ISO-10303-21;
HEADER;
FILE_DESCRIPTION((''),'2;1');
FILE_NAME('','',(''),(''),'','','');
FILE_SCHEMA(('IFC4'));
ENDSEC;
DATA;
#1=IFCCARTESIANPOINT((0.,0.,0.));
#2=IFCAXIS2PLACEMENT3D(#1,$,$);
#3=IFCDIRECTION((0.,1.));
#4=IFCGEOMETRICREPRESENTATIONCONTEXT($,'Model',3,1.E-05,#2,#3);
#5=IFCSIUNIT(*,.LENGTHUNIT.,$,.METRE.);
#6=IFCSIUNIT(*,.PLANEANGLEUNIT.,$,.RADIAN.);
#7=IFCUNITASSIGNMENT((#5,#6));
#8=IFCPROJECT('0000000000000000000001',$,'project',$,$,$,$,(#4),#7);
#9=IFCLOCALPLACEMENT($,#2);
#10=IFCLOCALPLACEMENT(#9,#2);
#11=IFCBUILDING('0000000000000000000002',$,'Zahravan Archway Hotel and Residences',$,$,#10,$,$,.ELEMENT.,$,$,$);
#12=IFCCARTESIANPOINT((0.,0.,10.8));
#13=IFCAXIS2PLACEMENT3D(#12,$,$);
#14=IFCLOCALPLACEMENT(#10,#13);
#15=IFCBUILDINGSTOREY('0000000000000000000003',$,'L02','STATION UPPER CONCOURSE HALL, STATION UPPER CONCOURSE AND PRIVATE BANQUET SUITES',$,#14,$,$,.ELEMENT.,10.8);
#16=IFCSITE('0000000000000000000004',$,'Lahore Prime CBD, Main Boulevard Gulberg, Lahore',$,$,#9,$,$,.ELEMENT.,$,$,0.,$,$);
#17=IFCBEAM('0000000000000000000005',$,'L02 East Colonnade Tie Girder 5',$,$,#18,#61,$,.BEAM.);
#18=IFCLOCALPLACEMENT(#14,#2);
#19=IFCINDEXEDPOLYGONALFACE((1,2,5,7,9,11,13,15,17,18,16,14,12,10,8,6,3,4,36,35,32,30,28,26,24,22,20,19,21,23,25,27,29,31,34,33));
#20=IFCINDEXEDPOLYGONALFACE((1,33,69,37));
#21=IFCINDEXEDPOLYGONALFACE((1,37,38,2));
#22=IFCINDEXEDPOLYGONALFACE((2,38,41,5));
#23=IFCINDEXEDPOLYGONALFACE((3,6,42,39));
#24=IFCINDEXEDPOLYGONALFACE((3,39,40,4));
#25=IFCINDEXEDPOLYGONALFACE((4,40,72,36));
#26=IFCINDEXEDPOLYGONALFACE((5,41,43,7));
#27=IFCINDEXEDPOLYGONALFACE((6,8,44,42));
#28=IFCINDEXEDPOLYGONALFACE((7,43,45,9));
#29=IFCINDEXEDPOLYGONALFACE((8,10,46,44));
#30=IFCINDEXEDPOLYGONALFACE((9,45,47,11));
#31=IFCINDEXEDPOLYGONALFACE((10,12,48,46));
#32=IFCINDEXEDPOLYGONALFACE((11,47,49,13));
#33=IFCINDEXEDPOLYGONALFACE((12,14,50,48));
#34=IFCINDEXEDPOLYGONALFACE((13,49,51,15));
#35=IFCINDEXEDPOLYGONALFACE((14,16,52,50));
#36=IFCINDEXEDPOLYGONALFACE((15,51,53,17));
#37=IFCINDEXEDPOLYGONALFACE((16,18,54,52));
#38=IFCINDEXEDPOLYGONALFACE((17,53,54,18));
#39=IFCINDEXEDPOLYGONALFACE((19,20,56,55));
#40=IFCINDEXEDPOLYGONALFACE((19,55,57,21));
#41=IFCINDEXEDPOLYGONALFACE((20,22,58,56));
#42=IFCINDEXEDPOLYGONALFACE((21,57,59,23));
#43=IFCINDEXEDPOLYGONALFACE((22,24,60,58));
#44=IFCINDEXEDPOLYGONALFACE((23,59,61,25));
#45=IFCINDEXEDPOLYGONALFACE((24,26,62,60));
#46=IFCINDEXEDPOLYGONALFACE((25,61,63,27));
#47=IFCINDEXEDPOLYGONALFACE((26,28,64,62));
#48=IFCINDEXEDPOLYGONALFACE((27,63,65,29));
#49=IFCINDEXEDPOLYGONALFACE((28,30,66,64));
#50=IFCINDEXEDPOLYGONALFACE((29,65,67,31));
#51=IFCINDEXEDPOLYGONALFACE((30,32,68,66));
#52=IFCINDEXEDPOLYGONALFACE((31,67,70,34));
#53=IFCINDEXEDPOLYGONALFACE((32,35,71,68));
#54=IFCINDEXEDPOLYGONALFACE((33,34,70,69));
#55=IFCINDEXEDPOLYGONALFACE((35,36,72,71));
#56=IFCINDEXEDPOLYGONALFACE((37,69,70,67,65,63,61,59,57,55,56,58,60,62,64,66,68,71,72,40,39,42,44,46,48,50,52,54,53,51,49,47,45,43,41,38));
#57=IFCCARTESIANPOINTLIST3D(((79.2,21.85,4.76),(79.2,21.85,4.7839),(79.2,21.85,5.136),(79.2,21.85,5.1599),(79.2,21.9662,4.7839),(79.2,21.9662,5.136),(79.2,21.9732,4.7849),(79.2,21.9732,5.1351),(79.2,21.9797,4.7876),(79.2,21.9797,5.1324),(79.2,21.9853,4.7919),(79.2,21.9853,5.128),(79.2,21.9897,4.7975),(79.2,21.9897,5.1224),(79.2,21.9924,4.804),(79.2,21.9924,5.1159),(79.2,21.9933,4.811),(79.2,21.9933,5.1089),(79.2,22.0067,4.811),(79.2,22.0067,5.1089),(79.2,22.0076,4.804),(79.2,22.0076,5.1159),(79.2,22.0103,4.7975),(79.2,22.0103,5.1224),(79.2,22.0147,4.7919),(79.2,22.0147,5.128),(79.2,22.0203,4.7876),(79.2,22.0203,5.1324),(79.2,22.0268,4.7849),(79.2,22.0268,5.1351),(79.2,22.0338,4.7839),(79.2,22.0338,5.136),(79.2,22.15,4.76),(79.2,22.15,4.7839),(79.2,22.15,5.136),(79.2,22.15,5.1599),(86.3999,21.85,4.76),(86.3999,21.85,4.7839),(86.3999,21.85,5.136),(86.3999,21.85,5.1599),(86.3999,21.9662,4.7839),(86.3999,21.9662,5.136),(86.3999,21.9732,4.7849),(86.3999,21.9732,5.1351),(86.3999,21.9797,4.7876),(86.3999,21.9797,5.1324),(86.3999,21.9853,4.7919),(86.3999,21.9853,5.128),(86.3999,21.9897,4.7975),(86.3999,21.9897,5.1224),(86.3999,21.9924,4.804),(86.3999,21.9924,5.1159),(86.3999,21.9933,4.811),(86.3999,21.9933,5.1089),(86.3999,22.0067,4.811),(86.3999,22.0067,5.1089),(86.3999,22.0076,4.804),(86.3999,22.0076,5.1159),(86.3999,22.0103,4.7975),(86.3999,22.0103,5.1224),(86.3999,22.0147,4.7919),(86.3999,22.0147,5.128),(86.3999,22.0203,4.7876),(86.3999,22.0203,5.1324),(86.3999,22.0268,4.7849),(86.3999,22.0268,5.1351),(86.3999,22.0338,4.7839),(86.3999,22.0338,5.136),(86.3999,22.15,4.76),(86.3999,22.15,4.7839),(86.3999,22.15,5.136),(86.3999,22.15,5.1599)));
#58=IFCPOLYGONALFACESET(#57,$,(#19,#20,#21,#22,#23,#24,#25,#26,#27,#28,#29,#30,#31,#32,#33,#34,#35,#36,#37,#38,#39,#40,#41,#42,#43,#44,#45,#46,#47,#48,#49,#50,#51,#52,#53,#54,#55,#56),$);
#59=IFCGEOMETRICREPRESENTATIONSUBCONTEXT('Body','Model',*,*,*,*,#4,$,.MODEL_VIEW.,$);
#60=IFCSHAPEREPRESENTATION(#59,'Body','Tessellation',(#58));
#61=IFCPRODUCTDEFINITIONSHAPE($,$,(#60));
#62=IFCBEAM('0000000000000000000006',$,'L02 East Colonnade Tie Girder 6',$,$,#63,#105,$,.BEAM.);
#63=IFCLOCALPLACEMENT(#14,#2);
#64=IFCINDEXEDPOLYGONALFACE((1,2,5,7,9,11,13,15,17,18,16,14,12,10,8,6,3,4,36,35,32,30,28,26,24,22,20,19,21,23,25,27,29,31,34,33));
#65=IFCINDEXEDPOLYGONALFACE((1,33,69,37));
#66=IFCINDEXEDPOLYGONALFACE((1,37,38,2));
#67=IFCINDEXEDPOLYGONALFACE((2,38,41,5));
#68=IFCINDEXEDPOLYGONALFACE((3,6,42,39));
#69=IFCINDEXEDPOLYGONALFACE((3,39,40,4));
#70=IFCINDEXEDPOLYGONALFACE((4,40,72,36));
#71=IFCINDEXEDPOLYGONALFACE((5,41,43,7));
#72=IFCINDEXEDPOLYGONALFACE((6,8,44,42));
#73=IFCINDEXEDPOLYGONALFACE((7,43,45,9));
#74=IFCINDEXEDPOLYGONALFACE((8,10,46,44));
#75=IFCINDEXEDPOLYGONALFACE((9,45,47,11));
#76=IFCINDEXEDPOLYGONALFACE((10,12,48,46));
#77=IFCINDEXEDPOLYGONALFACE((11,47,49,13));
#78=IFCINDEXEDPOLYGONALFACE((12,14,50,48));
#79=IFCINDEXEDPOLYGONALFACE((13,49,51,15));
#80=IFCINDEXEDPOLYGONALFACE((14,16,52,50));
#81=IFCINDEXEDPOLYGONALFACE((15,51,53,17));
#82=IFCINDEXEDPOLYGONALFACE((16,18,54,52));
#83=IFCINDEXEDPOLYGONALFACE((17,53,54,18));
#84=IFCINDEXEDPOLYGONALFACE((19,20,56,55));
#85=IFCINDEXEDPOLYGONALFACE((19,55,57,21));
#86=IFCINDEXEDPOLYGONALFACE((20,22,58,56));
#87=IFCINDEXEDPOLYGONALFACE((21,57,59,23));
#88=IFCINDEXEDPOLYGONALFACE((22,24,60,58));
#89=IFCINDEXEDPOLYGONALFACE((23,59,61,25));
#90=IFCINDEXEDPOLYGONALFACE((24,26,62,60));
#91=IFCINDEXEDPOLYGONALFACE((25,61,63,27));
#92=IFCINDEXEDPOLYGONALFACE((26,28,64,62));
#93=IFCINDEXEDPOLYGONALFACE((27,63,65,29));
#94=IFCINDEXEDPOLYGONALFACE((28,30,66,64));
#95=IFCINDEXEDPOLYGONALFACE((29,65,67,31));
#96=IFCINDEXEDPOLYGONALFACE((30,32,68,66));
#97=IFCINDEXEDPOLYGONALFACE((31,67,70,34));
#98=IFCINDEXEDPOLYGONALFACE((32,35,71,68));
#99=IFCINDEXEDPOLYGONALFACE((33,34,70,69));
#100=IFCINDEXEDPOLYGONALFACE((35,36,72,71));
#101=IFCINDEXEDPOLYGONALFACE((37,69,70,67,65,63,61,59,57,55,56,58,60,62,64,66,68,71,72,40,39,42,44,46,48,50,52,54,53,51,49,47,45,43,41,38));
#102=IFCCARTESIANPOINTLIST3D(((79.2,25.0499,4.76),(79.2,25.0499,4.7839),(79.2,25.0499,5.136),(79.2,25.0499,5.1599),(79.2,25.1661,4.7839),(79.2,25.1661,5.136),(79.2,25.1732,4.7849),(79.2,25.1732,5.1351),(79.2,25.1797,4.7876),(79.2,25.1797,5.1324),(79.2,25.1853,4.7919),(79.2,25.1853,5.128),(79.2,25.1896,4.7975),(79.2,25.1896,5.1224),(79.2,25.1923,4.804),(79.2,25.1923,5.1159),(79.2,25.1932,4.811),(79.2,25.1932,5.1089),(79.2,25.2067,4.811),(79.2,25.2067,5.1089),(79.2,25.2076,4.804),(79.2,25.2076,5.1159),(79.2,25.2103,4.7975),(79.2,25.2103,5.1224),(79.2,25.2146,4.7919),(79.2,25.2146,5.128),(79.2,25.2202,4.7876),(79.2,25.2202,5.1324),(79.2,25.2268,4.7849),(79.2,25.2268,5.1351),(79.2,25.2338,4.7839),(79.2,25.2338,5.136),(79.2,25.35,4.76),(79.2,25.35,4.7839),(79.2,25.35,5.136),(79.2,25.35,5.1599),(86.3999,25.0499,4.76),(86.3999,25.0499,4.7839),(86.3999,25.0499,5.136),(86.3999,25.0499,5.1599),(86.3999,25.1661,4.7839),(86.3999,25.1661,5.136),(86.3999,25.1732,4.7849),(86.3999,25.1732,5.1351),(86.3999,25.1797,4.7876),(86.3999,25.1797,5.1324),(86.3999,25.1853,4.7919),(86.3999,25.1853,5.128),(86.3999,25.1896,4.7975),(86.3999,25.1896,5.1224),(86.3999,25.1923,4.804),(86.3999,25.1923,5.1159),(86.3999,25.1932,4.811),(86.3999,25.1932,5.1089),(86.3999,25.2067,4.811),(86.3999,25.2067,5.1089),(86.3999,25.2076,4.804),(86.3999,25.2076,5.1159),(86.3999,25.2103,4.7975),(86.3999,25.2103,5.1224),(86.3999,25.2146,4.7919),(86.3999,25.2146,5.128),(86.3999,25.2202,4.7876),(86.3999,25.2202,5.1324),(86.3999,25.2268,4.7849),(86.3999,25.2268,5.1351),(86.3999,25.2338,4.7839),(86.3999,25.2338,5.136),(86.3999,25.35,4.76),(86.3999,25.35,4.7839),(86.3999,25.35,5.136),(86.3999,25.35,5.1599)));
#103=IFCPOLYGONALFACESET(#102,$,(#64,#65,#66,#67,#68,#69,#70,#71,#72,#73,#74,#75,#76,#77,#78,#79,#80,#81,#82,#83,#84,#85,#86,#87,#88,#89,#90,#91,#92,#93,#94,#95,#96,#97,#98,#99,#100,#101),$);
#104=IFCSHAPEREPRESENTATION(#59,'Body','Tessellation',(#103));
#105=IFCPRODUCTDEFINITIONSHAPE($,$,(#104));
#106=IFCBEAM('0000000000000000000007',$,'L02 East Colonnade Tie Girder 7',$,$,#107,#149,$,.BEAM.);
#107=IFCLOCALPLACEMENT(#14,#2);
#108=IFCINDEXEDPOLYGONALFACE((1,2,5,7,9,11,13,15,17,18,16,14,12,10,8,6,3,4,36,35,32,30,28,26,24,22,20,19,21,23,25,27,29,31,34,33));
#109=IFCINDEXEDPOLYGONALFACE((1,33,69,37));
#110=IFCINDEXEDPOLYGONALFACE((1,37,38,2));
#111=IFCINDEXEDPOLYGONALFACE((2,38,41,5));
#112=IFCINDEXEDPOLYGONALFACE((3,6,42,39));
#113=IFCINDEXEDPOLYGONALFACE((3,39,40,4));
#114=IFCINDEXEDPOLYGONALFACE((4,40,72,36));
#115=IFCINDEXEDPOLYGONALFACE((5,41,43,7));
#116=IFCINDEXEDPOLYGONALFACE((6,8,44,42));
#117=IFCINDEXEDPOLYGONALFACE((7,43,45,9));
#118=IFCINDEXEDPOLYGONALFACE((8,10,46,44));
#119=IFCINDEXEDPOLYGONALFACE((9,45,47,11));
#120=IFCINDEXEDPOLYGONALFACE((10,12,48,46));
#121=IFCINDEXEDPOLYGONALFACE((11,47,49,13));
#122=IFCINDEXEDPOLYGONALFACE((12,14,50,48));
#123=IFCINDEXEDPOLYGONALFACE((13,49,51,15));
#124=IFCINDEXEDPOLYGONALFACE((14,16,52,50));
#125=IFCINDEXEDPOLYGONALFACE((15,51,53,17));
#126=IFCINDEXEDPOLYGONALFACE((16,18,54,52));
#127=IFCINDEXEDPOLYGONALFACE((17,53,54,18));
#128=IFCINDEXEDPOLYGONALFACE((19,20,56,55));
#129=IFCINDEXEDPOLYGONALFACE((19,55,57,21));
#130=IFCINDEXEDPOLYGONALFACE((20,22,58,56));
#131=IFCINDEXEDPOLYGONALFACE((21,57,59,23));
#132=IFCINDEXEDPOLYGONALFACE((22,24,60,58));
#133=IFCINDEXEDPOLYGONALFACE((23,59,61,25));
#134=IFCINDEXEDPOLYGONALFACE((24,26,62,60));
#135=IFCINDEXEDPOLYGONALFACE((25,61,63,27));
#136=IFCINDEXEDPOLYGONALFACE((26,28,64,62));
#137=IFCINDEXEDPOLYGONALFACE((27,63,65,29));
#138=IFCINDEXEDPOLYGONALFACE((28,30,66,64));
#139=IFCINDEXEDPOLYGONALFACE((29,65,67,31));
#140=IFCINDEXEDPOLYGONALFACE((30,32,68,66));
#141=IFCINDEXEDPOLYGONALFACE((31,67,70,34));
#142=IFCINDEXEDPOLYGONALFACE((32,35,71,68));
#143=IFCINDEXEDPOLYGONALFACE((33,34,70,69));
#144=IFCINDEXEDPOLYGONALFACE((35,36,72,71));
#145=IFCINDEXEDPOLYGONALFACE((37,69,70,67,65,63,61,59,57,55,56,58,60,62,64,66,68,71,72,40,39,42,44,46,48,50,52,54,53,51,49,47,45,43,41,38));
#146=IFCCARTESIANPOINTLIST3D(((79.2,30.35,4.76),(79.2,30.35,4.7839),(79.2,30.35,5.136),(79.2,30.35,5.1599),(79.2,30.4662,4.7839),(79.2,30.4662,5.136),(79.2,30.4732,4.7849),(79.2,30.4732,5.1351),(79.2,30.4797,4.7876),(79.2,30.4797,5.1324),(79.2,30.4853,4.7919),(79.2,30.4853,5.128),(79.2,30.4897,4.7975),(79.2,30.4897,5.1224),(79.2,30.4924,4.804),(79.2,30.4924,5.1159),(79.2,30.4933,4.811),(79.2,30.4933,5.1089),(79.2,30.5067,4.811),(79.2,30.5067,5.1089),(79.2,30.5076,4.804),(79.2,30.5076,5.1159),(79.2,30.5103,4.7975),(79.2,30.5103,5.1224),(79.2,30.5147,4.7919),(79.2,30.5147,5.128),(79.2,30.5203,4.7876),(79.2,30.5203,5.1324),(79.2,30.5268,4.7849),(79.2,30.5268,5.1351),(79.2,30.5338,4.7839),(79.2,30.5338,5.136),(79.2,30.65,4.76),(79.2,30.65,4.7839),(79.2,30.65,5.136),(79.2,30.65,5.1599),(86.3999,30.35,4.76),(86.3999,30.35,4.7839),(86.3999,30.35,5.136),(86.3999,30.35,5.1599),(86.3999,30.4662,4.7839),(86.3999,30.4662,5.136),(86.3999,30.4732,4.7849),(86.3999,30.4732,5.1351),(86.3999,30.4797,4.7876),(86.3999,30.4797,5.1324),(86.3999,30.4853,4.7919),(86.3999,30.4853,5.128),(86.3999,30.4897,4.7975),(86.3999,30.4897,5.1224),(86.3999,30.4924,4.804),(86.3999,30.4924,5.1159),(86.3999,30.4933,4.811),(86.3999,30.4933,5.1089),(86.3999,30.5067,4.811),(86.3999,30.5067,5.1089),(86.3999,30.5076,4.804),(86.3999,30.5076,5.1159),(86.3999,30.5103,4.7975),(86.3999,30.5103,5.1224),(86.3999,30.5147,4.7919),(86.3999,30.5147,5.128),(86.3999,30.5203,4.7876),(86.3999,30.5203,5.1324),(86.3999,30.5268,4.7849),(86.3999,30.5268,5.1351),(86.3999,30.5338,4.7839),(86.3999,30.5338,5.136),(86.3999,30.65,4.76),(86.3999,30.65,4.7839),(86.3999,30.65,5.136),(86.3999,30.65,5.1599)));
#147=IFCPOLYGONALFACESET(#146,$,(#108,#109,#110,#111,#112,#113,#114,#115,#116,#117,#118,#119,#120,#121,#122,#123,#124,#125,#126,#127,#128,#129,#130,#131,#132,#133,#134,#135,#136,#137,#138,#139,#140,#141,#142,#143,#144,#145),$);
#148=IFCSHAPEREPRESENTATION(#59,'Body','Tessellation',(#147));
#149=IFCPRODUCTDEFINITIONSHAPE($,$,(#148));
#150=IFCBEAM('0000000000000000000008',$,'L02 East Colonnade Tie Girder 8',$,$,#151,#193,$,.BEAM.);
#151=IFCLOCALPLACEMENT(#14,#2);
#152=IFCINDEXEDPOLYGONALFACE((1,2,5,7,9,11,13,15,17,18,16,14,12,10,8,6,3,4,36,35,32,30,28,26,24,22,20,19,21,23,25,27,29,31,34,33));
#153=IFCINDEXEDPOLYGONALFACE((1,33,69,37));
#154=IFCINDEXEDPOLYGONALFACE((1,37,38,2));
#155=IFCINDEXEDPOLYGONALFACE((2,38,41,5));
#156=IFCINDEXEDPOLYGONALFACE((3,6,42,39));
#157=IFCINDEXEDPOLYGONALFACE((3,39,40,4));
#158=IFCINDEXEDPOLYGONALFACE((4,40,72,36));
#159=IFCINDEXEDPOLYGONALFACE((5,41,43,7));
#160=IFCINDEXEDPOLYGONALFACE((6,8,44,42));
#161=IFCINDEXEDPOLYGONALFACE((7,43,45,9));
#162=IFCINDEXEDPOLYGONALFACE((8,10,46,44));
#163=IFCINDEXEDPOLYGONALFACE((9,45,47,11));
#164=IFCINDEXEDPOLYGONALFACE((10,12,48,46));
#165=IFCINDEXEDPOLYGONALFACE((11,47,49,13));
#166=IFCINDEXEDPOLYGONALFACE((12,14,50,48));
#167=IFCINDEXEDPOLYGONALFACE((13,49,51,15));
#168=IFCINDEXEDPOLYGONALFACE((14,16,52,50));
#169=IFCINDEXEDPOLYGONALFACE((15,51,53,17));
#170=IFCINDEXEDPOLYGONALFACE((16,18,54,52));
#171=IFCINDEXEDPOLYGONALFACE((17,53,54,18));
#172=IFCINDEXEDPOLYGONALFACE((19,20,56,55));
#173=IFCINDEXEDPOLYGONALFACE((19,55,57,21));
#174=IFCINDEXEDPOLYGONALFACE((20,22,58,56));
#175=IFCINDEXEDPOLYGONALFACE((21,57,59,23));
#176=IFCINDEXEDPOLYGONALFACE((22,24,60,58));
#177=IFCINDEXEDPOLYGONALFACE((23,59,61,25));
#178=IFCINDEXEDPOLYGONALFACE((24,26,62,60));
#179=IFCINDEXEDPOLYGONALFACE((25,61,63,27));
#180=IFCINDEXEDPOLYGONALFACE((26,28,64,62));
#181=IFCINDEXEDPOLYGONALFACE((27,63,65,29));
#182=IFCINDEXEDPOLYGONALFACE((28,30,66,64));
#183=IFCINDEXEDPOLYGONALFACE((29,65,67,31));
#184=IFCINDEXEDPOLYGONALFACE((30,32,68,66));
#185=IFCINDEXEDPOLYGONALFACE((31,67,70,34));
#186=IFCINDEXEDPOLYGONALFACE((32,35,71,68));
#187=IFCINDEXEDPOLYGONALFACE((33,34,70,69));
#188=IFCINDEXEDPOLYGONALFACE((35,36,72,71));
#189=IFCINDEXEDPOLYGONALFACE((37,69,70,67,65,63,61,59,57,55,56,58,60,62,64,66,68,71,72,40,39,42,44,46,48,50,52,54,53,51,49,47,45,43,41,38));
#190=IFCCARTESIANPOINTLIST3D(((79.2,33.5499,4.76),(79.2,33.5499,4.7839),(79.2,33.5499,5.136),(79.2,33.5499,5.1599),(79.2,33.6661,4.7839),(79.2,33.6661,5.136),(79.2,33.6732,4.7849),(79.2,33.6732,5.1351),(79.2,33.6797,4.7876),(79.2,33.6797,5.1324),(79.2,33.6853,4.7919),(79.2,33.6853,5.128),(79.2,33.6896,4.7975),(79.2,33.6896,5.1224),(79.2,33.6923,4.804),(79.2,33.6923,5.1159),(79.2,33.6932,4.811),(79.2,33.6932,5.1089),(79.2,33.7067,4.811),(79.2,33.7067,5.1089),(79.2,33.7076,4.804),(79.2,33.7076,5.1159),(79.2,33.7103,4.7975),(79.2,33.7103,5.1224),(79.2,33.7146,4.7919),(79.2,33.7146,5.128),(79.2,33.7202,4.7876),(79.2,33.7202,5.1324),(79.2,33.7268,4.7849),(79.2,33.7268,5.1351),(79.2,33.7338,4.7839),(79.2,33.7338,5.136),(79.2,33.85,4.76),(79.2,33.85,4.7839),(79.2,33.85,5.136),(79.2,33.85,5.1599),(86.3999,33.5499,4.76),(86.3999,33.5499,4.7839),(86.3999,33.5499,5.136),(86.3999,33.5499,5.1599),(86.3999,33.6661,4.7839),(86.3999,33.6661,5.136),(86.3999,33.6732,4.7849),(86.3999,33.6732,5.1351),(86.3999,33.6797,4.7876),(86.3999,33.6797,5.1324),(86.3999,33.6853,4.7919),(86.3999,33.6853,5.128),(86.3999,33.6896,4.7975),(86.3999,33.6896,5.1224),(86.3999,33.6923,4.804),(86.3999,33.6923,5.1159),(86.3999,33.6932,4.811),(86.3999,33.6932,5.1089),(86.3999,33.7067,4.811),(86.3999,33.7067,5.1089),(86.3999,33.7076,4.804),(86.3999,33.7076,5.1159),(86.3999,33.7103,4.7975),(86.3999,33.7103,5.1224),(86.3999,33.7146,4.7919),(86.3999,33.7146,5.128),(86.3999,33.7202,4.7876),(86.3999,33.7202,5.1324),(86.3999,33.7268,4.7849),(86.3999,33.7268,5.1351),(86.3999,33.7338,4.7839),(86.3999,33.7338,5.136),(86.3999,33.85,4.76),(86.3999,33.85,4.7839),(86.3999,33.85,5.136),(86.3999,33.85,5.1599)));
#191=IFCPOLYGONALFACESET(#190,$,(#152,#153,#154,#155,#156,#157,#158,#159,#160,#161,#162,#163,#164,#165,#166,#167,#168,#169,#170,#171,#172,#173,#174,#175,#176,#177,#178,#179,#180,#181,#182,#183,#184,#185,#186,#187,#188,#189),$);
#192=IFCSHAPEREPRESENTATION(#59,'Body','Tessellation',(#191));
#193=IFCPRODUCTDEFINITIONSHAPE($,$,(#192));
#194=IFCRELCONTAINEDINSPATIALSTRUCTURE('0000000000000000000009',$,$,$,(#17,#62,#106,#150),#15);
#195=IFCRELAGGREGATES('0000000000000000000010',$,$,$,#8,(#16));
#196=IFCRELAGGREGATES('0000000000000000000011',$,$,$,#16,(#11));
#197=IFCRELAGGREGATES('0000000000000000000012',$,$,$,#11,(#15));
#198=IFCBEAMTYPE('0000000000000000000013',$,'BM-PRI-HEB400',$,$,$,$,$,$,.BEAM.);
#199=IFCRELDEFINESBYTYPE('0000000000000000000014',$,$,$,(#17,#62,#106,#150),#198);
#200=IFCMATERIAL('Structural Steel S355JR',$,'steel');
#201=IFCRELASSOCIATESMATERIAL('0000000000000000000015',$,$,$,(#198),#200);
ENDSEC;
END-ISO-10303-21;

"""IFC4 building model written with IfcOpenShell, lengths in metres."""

from ifc_helpers import new_model, si_unit, direction, frame, origin, origin_2d, place, context, subcontext, project, spatial, i_section, extrude, source, transform, mapped, material, material_profile, profile_set, type_object, type_shapes, element, save


model = new_model("IFC4")

# Units and contexts
model_context = context("Model", 3, precision=1e-05, world=origin(), true_north=direction((0.0, 1.0)))
body_context = subcontext(model_context, "Body", "Model", "MODEL_VIEW")
ifc_project = project(units=[si_unit("LENGTHUNIT", "METRE"), si_unit("PLANEANGLEUNIT", "RADIAN")], contexts=[model_context])

# Site, building, storey
site_placement = place(None, origin())
site = spatial("IfcSite", under=ifc_project, at=site_placement, Name="Lahore Prime CBD, Main Boulevard Gulberg, Lahore", CompositionType="ELEMENT", RefElevation=0.0)
building_placement = place(site_placement, origin())
building = spatial("IfcBuilding", under=site, at=building_placement, Name="Zahravan Archway Hotel and Residences", CompositionType="ELEMENT")
storey_placement = place(building_placement, frame((0.0, 0.0, 10.8)))
storey = spatial("IfcBuildingStorey", under=building, at=storey_placement, Name="L02", Description="STATION UPPER CONCOURSE HALL, STATION UPPER CONCOURSE AND PRIVATE BANQUET SUITES", CompositionType="ELEMENT", Elevation=10.8)

# Beams
ifc_material_1 = material(Name="Structural Steel S355JR", Category="steel")
ifc_material_profile_1 = material_profile(ifc_material_1, i_section(OverallWidth=0.3, OverallDepth=0.3999, WebThickness=0.0134, FlangeThickness=0.0239, FilletRadius=0.0271, at=origin_2d()), Name="HEB 400", Category="steel")
ifc_profile_set_1 = profile_set([ifc_material_profile_1], Name="Structural Steel S355JR")
beam_type_1 = type_object("IfcBeamType", Name="BM-PRI-HEB400", PredefinedType="BEAM", material=ifc_profile_set_1)
shared_shape_1 = source(origin(), body_context, "Body", "SweptSolid", [
    extrude(i_section(OverallWidth=0.3, OverallDepth=0.3999, WebThickness=0.0134, FlangeThickness=0.0239, FilletRadius=0.0271, at=origin_2d()), origin(), (0.0, 0.0, 1.0), 7.2),
])
type_shapes(beam_type_1, [shared_shape_1])
for number, where, z_axis, x_axis, name in (
    (1, (79.2, 22.0, 4.96), (1.0, 0.0, 0.0), (0.0, 1.0, 0.0), "L02 East Colonnade Tie Girder 5"),
    (2, (79.2, 25.2, 4.96), (1.0, 0.0, 0.0), (0.0, 1.0, 0.0), "L02 East Colonnade Tie Girder 6"),
    (3, (79.2, 30.5, 4.96), (1.0, 0.0, 0.0), (0.0, 1.0, 0.0), "L02 East Colonnade Tie Girder 7"),
    (4, (79.2, 33.7, 4.96), (1.0, 0.0, 0.0), (0.0, 1.0, 0.0), "L02 East Colonnade Tie Girder 8"),
):
    element("IfcBeam", number, at=place(storey_placement, frame(where, z_axis=z_axis, x_axis=x_axis)), inside=storey, type_object=beam_type_1, Name=name, PredefinedType="BEAM", context=body_context, shape_type="MappedRepresentation", body=[
        mapped(shared_shape_1, transform((0.0, 0.0, 0.0), scale=1.0)),
    ])

save(model, "model.ifc")
